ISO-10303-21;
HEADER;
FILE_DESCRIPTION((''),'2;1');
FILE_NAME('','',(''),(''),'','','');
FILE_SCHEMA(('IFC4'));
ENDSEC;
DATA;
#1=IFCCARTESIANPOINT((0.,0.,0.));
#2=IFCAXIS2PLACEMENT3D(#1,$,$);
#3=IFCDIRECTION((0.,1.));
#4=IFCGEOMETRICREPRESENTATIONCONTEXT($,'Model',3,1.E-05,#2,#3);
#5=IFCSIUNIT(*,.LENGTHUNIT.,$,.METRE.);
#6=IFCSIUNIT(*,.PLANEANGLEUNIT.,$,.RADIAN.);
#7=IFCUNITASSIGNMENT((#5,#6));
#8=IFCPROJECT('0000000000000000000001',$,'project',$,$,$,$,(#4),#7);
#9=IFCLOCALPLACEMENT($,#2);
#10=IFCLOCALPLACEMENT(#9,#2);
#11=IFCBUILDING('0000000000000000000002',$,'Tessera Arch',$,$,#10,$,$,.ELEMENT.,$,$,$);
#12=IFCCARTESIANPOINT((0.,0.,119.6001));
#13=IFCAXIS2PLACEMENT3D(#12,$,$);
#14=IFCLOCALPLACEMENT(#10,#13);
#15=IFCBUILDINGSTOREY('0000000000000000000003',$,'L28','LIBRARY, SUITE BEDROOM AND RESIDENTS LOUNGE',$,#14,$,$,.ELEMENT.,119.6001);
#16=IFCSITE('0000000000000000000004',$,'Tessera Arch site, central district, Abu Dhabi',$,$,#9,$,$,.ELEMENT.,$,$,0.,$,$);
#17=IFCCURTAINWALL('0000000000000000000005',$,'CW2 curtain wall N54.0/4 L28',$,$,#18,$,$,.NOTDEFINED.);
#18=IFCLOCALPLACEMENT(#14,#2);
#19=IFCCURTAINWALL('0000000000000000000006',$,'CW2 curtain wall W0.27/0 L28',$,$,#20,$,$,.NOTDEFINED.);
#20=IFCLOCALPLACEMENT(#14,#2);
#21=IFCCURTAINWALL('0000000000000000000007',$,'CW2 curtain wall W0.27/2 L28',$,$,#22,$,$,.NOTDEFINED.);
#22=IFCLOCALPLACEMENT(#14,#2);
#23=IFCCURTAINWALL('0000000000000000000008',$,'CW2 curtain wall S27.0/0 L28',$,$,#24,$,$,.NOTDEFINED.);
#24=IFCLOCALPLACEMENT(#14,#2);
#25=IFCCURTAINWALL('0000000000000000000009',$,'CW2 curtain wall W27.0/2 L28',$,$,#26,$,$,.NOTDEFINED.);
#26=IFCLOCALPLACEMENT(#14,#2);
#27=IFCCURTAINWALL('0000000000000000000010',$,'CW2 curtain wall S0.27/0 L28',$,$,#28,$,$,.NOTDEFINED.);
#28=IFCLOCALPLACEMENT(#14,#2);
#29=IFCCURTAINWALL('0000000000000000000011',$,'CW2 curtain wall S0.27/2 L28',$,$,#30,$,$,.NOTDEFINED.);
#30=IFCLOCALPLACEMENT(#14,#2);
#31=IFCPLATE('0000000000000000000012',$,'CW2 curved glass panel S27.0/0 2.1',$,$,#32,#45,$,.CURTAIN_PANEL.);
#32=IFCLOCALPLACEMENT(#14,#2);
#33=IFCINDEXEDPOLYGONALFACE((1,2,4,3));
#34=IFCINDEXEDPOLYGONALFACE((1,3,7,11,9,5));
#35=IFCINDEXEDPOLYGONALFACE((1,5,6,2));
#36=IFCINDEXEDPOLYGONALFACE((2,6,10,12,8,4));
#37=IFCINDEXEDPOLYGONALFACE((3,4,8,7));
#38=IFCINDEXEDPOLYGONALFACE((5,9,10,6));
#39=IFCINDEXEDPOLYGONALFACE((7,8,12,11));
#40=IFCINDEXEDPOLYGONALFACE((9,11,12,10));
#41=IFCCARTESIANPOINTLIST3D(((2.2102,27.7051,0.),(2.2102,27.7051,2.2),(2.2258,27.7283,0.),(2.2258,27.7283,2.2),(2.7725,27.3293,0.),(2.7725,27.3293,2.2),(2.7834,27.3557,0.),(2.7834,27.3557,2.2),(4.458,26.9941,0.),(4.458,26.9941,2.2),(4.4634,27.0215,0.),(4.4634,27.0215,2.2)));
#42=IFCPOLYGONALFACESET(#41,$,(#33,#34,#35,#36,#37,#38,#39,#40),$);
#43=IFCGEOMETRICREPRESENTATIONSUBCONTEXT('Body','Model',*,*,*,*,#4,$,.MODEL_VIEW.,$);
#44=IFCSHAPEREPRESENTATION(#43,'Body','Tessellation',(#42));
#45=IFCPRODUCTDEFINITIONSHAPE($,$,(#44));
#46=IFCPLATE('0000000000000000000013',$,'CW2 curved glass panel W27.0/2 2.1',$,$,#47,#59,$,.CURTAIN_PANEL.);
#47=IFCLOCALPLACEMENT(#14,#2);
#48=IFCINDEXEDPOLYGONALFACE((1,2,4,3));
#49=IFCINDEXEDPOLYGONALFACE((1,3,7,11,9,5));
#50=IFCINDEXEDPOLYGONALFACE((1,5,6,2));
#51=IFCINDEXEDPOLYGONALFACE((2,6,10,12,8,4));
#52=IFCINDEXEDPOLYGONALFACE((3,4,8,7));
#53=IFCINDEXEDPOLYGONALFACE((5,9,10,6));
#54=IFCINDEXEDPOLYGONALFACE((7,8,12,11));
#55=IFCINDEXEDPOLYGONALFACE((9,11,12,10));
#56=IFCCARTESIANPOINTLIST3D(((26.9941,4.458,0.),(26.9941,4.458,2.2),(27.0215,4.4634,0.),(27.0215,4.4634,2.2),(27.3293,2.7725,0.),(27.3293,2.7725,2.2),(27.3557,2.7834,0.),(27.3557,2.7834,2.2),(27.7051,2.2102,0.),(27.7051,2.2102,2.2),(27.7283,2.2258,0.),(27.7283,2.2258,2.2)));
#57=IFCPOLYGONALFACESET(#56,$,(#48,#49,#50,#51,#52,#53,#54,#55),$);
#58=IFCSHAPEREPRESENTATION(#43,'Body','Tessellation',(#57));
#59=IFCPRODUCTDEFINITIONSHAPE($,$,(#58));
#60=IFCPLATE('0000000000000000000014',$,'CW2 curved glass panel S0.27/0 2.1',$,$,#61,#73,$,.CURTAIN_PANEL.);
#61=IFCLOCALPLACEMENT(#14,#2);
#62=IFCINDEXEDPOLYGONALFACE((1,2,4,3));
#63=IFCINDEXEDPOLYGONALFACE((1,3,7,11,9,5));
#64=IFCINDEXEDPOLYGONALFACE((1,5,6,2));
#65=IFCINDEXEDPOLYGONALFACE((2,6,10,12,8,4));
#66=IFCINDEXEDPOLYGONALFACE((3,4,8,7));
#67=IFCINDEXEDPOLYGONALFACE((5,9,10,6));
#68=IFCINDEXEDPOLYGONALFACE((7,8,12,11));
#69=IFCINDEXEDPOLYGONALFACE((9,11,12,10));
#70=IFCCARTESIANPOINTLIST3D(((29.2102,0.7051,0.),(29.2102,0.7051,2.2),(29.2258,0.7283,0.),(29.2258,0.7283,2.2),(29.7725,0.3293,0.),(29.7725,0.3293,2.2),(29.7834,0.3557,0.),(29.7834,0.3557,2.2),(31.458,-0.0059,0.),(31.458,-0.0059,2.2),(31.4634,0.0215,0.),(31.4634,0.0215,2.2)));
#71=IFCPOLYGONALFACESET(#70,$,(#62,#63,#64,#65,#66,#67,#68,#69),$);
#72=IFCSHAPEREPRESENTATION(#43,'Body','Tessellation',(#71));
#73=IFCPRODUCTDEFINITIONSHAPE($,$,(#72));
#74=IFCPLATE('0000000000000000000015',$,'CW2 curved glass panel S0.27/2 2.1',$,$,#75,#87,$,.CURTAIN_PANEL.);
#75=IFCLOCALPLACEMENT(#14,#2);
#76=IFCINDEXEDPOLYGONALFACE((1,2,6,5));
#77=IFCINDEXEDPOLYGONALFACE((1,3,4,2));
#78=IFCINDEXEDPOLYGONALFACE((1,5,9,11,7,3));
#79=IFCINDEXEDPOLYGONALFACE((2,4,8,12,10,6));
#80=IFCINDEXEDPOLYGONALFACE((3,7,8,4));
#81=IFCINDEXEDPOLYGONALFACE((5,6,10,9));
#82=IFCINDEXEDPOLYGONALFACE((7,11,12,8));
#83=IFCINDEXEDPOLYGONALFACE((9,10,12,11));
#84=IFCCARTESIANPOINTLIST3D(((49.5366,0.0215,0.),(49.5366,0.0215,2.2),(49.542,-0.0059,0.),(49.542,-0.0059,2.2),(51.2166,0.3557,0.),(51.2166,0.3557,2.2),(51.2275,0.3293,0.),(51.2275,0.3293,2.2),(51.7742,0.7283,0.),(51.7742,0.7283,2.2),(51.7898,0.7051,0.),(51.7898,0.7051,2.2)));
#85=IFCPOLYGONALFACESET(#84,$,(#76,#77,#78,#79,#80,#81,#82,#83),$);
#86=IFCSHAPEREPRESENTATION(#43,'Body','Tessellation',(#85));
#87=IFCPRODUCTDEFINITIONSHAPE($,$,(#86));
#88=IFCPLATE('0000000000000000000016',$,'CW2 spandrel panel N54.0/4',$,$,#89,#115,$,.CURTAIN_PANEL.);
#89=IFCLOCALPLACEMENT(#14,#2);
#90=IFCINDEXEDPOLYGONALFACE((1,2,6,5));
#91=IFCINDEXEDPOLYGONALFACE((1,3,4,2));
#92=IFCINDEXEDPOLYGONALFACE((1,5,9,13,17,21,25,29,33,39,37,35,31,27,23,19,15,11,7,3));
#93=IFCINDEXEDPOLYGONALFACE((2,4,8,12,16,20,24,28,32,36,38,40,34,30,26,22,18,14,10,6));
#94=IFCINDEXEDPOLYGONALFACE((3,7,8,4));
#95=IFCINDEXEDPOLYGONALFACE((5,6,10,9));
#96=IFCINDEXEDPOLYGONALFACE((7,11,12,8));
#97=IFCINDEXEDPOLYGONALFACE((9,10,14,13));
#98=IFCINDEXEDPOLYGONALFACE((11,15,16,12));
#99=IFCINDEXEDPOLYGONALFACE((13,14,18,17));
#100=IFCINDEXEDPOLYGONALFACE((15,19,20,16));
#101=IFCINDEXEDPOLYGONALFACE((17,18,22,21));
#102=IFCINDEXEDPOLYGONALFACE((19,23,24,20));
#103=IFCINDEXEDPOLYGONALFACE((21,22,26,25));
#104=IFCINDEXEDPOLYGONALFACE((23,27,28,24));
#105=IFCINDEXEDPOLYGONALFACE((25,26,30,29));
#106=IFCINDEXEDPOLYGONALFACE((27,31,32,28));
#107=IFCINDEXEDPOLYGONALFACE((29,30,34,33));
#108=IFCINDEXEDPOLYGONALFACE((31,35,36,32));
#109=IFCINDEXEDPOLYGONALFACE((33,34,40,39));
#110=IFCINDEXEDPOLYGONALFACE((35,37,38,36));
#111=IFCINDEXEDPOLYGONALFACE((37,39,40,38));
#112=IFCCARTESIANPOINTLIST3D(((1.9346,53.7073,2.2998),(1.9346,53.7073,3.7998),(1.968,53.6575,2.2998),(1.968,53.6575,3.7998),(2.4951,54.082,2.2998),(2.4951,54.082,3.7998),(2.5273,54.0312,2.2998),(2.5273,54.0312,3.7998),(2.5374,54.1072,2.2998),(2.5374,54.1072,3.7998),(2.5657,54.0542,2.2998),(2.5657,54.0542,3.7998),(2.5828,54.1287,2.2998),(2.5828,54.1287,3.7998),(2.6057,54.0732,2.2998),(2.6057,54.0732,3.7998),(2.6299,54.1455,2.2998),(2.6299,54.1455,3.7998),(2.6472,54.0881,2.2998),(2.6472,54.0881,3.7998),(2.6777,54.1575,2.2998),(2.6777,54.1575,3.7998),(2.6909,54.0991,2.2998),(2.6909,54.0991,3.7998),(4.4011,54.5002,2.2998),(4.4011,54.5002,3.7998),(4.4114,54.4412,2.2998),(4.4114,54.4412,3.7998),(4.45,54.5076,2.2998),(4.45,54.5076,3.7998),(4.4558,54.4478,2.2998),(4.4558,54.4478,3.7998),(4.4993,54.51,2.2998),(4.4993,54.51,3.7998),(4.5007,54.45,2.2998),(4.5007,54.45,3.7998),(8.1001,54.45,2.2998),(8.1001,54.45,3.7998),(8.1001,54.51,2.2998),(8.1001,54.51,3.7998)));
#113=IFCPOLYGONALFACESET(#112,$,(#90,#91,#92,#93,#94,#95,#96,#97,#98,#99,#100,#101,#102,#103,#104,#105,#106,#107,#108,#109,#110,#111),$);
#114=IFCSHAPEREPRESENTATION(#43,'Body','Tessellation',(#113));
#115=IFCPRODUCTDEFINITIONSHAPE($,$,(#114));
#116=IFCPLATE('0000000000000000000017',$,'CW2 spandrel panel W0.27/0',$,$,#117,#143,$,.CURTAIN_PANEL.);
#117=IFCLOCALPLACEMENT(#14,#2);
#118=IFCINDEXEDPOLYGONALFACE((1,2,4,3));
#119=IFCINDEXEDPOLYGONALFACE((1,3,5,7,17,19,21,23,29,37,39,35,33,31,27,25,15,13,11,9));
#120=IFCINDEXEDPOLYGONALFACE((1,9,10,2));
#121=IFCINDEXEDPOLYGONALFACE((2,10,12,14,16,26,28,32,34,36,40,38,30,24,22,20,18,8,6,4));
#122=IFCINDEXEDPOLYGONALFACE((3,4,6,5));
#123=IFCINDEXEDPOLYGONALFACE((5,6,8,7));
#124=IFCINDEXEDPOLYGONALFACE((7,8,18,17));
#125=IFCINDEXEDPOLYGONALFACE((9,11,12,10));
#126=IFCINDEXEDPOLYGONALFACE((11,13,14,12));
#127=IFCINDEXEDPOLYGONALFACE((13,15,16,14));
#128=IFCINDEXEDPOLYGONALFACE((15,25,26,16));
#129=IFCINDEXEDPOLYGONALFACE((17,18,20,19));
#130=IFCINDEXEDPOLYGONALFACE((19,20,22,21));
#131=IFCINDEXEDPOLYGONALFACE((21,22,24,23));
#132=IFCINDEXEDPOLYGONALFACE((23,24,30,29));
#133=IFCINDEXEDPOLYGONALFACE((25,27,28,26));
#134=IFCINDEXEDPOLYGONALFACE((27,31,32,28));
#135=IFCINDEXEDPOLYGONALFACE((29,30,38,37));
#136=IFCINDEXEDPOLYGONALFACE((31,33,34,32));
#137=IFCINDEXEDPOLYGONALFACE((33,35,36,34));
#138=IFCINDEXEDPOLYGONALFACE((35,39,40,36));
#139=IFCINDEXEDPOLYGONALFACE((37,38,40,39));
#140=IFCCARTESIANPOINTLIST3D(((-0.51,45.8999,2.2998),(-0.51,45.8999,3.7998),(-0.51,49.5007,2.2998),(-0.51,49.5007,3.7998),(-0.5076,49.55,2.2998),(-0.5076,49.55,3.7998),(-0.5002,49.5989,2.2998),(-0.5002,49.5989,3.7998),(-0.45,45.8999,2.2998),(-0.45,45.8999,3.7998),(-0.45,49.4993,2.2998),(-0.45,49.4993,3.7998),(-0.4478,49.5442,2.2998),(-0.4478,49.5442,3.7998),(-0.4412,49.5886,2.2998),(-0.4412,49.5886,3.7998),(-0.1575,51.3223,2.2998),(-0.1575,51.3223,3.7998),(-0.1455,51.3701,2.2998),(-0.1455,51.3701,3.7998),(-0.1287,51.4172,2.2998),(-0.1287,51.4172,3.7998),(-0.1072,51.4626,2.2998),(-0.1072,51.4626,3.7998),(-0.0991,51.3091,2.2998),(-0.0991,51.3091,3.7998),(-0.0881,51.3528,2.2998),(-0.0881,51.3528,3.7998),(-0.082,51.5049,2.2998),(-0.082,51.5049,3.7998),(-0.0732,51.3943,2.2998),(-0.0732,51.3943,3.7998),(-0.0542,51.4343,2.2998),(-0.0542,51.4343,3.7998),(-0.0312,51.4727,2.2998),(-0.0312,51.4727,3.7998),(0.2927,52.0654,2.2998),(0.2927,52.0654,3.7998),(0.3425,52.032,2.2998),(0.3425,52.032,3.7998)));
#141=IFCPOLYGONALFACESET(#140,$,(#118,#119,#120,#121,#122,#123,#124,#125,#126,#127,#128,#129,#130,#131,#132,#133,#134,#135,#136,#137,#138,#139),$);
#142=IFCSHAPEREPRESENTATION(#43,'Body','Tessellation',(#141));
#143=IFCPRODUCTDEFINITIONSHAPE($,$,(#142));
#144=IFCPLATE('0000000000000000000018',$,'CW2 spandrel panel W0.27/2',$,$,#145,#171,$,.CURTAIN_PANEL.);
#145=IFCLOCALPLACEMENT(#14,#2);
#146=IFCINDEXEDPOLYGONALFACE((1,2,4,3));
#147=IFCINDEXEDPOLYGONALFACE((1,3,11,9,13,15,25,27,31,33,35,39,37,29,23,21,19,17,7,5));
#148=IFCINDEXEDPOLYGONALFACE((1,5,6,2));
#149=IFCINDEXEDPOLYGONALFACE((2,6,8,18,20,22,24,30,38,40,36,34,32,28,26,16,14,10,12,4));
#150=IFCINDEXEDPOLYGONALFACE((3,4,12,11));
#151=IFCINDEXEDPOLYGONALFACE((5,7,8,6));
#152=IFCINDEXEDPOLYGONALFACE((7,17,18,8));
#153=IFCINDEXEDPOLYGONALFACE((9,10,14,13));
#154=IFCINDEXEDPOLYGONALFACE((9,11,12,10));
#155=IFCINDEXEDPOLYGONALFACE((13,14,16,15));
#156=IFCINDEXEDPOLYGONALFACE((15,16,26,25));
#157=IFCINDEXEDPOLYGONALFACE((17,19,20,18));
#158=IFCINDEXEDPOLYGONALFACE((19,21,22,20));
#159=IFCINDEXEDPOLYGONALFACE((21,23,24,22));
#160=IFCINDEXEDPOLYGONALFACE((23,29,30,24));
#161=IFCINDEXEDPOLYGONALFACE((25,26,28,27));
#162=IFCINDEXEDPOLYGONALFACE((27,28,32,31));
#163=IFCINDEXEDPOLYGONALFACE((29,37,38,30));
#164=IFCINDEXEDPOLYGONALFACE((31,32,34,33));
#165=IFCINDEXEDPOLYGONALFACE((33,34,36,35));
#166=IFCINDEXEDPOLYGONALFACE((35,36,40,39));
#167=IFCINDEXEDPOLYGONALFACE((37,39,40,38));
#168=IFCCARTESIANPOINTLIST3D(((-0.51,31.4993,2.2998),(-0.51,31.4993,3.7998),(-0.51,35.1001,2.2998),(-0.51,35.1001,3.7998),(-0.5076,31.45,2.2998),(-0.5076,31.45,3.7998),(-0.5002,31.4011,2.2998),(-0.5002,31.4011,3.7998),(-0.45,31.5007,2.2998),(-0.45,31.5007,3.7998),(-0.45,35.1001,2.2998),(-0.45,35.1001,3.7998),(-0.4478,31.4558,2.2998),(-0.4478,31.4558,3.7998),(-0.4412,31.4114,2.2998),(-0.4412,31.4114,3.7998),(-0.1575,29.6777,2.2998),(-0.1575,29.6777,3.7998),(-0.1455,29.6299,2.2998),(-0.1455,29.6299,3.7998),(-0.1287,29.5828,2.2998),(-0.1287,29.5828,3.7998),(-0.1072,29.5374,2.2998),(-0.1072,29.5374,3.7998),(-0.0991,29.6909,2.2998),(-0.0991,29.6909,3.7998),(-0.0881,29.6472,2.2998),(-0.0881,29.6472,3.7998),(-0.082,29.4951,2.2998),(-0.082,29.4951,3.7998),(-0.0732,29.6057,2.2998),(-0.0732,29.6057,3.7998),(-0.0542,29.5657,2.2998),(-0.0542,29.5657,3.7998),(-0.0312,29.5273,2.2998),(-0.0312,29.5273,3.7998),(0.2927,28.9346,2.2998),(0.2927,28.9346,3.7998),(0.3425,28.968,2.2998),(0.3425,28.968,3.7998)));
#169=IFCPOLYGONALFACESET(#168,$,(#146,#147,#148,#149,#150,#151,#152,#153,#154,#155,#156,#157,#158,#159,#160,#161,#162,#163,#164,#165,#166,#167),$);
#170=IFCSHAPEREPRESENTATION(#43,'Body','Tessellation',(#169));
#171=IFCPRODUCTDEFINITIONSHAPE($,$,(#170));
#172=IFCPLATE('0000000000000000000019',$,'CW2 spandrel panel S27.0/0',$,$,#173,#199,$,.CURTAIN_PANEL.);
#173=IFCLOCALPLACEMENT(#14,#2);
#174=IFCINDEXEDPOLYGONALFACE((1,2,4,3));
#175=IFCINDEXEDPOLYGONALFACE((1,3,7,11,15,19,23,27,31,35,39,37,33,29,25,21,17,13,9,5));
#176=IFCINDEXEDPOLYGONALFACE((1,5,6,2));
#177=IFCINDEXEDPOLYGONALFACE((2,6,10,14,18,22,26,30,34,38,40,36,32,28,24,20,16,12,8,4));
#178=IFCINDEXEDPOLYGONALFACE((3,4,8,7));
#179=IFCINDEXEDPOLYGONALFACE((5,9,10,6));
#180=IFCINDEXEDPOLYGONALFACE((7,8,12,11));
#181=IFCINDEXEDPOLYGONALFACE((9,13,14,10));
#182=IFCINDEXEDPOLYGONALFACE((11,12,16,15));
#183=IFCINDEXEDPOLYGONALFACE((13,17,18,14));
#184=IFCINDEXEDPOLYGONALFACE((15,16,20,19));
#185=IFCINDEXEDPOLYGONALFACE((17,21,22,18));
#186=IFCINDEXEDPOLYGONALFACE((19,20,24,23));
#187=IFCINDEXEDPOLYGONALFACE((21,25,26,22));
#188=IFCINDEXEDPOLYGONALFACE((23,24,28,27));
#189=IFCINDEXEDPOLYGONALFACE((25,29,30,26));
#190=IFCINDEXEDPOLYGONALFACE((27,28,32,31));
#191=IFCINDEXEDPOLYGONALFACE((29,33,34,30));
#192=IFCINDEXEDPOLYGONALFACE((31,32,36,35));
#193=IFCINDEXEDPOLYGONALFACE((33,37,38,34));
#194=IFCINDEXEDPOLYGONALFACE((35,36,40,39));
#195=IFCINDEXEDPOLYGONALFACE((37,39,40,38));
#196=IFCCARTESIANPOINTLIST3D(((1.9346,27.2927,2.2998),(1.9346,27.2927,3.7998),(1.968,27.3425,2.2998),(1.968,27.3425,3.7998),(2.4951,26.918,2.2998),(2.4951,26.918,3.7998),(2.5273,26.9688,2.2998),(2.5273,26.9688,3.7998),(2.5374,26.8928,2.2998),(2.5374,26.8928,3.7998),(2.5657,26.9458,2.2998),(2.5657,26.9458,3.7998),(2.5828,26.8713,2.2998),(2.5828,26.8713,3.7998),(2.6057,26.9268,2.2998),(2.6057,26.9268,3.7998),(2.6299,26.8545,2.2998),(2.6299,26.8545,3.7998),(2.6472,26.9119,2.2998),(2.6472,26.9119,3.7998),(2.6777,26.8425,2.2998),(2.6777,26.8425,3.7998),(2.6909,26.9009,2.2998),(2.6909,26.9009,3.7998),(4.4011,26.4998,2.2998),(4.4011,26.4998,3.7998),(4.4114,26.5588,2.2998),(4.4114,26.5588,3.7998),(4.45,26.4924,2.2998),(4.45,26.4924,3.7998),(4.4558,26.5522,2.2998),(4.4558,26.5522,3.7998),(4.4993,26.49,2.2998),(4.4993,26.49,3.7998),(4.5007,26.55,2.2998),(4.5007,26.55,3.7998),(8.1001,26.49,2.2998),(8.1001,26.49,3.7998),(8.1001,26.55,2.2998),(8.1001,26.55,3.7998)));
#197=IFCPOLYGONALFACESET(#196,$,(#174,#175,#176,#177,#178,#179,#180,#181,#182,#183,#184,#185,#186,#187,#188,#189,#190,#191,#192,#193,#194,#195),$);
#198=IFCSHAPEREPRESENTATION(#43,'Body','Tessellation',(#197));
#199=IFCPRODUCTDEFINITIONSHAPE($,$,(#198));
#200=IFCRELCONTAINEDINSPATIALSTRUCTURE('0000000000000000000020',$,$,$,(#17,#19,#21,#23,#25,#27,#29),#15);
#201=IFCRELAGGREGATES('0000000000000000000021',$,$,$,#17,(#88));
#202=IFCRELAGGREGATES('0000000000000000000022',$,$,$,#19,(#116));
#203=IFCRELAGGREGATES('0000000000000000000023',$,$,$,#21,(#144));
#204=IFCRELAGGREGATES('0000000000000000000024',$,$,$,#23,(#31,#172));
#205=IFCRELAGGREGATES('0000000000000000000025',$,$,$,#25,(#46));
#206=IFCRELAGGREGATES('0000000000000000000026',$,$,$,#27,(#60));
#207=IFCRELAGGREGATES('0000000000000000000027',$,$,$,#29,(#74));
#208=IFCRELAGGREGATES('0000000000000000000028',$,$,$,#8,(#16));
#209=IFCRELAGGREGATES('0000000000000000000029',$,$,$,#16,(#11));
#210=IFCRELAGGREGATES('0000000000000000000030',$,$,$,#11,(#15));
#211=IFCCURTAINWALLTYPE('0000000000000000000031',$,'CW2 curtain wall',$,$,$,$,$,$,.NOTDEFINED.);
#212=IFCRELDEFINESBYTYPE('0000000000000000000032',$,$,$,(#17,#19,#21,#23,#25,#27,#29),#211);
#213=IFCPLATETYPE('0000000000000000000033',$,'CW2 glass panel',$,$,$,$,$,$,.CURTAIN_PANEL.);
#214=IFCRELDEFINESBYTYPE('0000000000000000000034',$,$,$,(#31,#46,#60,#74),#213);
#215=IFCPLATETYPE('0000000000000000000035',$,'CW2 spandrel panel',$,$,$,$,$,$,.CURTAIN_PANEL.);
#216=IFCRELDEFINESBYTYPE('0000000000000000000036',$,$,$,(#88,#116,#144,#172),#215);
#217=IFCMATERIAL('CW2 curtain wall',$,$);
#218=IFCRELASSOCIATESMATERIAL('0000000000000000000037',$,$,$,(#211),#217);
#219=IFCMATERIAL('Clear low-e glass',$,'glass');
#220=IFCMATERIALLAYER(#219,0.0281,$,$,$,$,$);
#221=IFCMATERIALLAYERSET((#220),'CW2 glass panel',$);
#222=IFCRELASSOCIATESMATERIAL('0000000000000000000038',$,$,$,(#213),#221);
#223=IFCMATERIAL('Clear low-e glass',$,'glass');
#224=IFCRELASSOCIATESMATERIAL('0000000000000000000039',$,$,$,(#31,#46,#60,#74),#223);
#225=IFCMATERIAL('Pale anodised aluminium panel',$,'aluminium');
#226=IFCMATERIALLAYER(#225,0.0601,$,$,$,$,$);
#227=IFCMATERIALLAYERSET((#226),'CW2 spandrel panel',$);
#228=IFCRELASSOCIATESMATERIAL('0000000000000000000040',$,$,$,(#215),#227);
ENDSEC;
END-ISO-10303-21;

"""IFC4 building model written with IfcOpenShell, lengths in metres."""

from ifc_helpers import new_model, si_unit, direction, frame, origin, place, context, subcontext, project, spatial, polyline, outline, extrude, material, layer, layer_set, type_object, element, aggregate, save


model = new_model("IFC4")

# Units and contexts
model_context = context("Model", 3, precision=1e-05, world=origin(), true_north=direction((0.0, 1.0)))
body_context = subcontext(model_context, "Body", "Model", "MODEL_VIEW")
ifc_project = project(units=[si_unit("LENGTHUNIT", "METRE"), si_unit("PLANEANGLEUNIT", "RADIAN")], contexts=[model_context])

# Site, building, storey
site_placement = place(None, origin())
site = spatial("IfcSite", under=ifc_project, at=site_placement, Name="Tessera Arch site, central district, Abu Dhabi", CompositionType="ELEMENT", RefElevation=0.0)
building_placement = place(site_placement, origin())
building = spatial("IfcBuilding", under=site, at=building_placement, Name="Tessera Arch", CompositionType="ELEMENT")
storey_placement = place(building_placement, frame((0.0, 0.0, 119.6001)))
storey = spatial("IfcBuildingStorey", under=building, at=storey_placement, Name="L28", Description="LIBRARY, SUITE BEDROOM AND RESIDENTS LOUNGE", CompositionType="ELEMENT", Elevation=119.6001)

# Curtain walls
ifc_material_1 = material(Name="CW2 curtain wall")
curtain_wall_type = type_object("IfcCurtainWallType", Name="CW2 curtain wall", PredefinedType="NOTDEFINED", material=ifc_material_1)
curtain_wall_1_placement = place(storey_placement, origin())
curtain_wall_1 = element("IfcCurtainWall", 1, at=curtain_wall_1_placement, inside=storey, type_object=curtain_wall_type, Name="CW2 curtain wall N54.0/4 L28", PredefinedType="NOTDEFINED")
curtain_wall_2_placement = place(storey_placement, origin())
curtain_wall_2 = element("IfcCurtainWall", 2, at=curtain_wall_2_placement, inside=storey, type_object=curtain_wall_type, Name="CW2 curtain wall W0.27/0 L28", PredefinedType="NOTDEFINED")
curtain_wall_3_placement = place(storey_placement, origin())
curtain_wall_3 = element("IfcCurtainWall", 3, at=curtain_wall_3_placement, inside=storey, type_object=curtain_wall_type, Name="CW2 curtain wall W0.27/2 L28", PredefinedType="NOTDEFINED")
curtain_wall_4_placement = place(storey_placement, origin())
curtain_wall_4 = element("IfcCurtainWall", 4, at=curtain_wall_4_placement, inside=storey, type_object=curtain_wall_type, Name="CW2 curtain wall S27.0/0 L28", PredefinedType="NOTDEFINED")
curtain_wall_5_placement = place(storey_placement, origin())
curtain_wall_5 = element("IfcCurtainWall", 5, at=curtain_wall_5_placement, inside=storey, type_object=curtain_wall_type, Name="CW2 curtain wall W27.0/2 L28", PredefinedType="NOTDEFINED")
curtain_wall_6_placement = place(storey_placement, origin())
curtain_wall_6 = element("IfcCurtainWall", 6, at=curtain_wall_6_placement, inside=storey, type_object=curtain_wall_type, Name="CW2 curtain wall S0.27/0 L28", PredefinedType="NOTDEFINED")
curtain_wall_7_placement = place(storey_placement, origin())
curtain_wall_7 = element("IfcCurtainWall", 7, at=curtain_wall_7_placement, inside=storey, type_object=curtain_wall_type, Name="CW2 curtain wall S0.27/2 L28", PredefinedType="NOTDEFINED")

# Plates
ifc_material_2 = material(Name="Clear low-e glass", Category="glass")
ifc_material_3 = material(Name="Clear low-e glass", Category="glass")
ifc_layer_1 = layer(ifc_material_3, 0.0281)
ifc_layer_set_1 = layer_set([ifc_layer_1], Name="CW2 glass panel")
plate_type_1 = type_object("IfcPlateType", Name="CW2 glass panel", PredefinedType="CURTAIN_PANEL", material=ifc_layer_set_1)
plate_1_placement = place(storey_placement, origin())
plate_1 = element("IfcPlate", 8, at=plate_1_placement, type_object=plate_type_1, material=ifc_material_2, Name="CW2 curved glass panel S27.0/0 2.1", PredefinedType="CURTAIN_PANEL", context=body_context, shape_type="SweptSolid", body=[
    extrude(outline(polyline([(2.7834, 27.3557), (2.2258, 27.7283), (2.2102, 27.7051), (2.7725, 27.3293), (4.458, 26.9941), (4.4634, 27.0215), (2.7834, 27.3557)])), origin(), (0.0, 0.0, 1.0), 2.2),
])
plate_2_placement = place(storey_placement, origin())
plate_2 = element("IfcPlate", 9, at=plate_2_placement, type_object=plate_type_1, material=ifc_material_2, Name="CW2 curved glass panel W27.0/2 2.1", PredefinedType="CURTAIN_PANEL", context=body_context, shape_type="SweptSolid", body=[
    extrude(outline(polyline([(27.3557, 2.7834), (27.0215, 4.4634), (26.9941, 4.458), (27.3293, 2.7725), (27.7051, 2.2102), (27.7283, 2.2258), (27.3557, 2.7834)])), origin(), (0.0, 0.0, 1.0), 2.2),
])
plate_3_placement = place(storey_placement, origin())
plate_3 = element("IfcPlate", 10, at=plate_3_placement, type_object=plate_type_1, material=ifc_material_2, Name="CW2 curved glass panel S0.27/0 2.1", PredefinedType="CURTAIN_PANEL", context=body_context, shape_type="SweptSolid", body=[
    extrude(outline(polyline([(29.7834, 0.3557), (29.2258, 0.7283), (29.2102, 0.7051), (29.7725, 0.3293), (31.458, -0.0059), (31.4634, 0.0215), (29.7834, 0.3557)])), origin(), (0.0, 0.0, 1.0), 2.2),
])
plate_4_placement = place(storey_placement, origin())
plate_4 = element("IfcPlate", 11, at=plate_4_placement, type_object=plate_type_1, material=ifc_material_2, Name="CW2 curved glass panel S0.27/2 2.1", PredefinedType="CURTAIN_PANEL", context=body_context, shape_type="SweptSolid", body=[
    extrude(outline(polyline([(51.2166, 0.3557), (49.5366, 0.0215), (49.542, -0.0059), (51.2275, 0.3293), (51.7898, 0.7051), (51.7742, 0.7283), (51.2166, 0.3557)])), origin(), (0.0, 0.0, 1.0), 2.2),
])
ifc_material_4 = material(Name="Pale anodised aluminium panel", Category="aluminium")
ifc_layer_2 = layer(ifc_material_4, 0.0601)
ifc_layer_set_2 = layer_set([ifc_layer_2], Name="CW2 spandrel panel")
plate_type_2 = type_object("IfcPlateType", Name="CW2 spandrel panel", PredefinedType="CURTAIN_PANEL", material=ifc_layer_set_2)
plate_5_placement = place(storey_placement, frame((0.0, 0.0, 2.2998)))
plate_5 = element("IfcPlate", 12, at=plate_5_placement, type_object=plate_type_2, Name="CW2 spandrel panel N54.0/4", PredefinedType="CURTAIN_PANEL", context=body_context, shape_type="SweptSolid", body=[
    extrude(outline(polyline([(4.5007, 54.45), (8.1001, 54.45), (8.1001, 54.51), (4.4993, 54.51), (4.45, 54.5076), (4.4011, 54.5002), (2.6777, 54.1575), (2.6299, 54.1455), (2.5828, 54.1287), (2.5374, 54.1072), (2.4951, 54.082), (1.9346, 53.7073), (1.968, 53.6575), (2.5273, 54.0312), (2.5657, 54.0542), (2.6057, 54.0732), (2.6472, 54.0881), (2.6909, 54.0991), (4.4114, 54.4412), (4.4558, 54.4478), (4.5007, 54.45)])), origin(), (0.0, 0.0, 1.0), 1.5),
])
aggregate(curtain_wall_1, [plate_5])
plate_6_placement = place(storey_placement, frame((0.0, 0.0, 2.2998)))
plate_6 = element("IfcPlate", 13, at=plate_6_placement, type_object=plate_type_2, Name="CW2 spandrel panel W0.27/0", PredefinedType="CURTAIN_PANEL", context=body_context, shape_type="SweptSolid", body=[
    extrude(outline(polyline([(-0.0312, 51.4727), (0.3425, 52.032), (0.2927, 52.0654), (-0.082, 51.5049), (-0.1072, 51.4626), (-0.1287, 51.4172), (-0.1455, 51.3701), (-0.1575, 51.3223), (-0.5002, 49.5989), (-0.5076, 49.55), (-0.51, 49.5007), (-0.51, 45.8999), (-0.45, 45.8999), (-0.45, 49.4993), (-0.4478, 49.5442), (-0.4412, 49.5886), (-0.0991, 51.3091), (-0.0881, 51.3528), (-0.0732, 51.3943), (-0.0542, 51.4343), (-0.0312, 51.4727)])), origin(), (0.0, 0.0, 1.0), 1.5),
])
aggregate(curtain_wall_2, [plate_6])
plate_7_placement = place(storey_placement, frame((0.0, 0.0, 2.2998)))
plate_7 = element("IfcPlate", 14, at=plate_7_placement, type_object=plate_type_2, Name="CW2 spandrel panel W0.27/2", PredefinedType="CURTAIN_PANEL", context=body_context, shape_type="SweptSolid", body=[
    extrude(outline(polyline([(-0.45, 31.5007), (-0.45, 35.1001), (-0.51, 35.1001), (-0.51, 31.4993), (-0.5076, 31.45), (-0.5002, 31.4011), (-0.1575, 29.6777), (-0.1455, 29.6299), (-0.1287, 29.5828), (-0.1072, 29.5374), (-0.082, 29.4951), (0.2927, 28.9346), (0.3425, 28.968), (-0.0312, 29.5273), (-0.0542, 29.5657), (-0.0732, 29.6057), (-0.0881, 29.6472), (-0.0991, 29.6909), (-0.4412, 31.4114), (-0.4478, 31.4558), (-0.45, 31.5007)])), origin(), (0.0, 0.0, 1.0), 1.5),
])
aggregate(curtain_wall_3, [plate_7])
plate_8_placement = place(storey_placement, frame((0.0, 0.0, 2.2998)))
plate_8 = element("IfcPlate", 15, at=plate_8_placement, type_object=plate_type_2, Name="CW2 spandrel panel S27.0/0", PredefinedType="CURTAIN_PANEL", context=body_context, shape_type="SweptSolid", body=[
    extrude(outline(polyline([(2.5273, 26.9688), (1.968, 27.3425), (1.9346, 27.2927), (2.4951, 26.918), (2.5374, 26.8928), (2.5828, 26.8713), (2.6299, 26.8545), (2.6777, 26.8425), (4.4011, 26.4998), (4.45, 26.4924), (4.4993, 26.49), (8.1001, 26.49), (8.1001, 26.55), (4.5007, 26.55), (4.4558, 26.5522), (4.4114, 26.5588), (2.6909, 26.9009), (2.6472, 26.9119), (2.6057, 26.9268), (2.5657, 26.9458), (2.5273, 26.9688)])), origin(), (0.0, 0.0, 1.0), 1.5),
])
aggregate(curtain_wall_4, [plate_1, plate_8])
aggregate(curtain_wall_5, [plate_2])
aggregate(curtain_wall_6, [plate_3])
aggregate(curtain_wall_7, [plate_4])

save(model, "model.ifc")
